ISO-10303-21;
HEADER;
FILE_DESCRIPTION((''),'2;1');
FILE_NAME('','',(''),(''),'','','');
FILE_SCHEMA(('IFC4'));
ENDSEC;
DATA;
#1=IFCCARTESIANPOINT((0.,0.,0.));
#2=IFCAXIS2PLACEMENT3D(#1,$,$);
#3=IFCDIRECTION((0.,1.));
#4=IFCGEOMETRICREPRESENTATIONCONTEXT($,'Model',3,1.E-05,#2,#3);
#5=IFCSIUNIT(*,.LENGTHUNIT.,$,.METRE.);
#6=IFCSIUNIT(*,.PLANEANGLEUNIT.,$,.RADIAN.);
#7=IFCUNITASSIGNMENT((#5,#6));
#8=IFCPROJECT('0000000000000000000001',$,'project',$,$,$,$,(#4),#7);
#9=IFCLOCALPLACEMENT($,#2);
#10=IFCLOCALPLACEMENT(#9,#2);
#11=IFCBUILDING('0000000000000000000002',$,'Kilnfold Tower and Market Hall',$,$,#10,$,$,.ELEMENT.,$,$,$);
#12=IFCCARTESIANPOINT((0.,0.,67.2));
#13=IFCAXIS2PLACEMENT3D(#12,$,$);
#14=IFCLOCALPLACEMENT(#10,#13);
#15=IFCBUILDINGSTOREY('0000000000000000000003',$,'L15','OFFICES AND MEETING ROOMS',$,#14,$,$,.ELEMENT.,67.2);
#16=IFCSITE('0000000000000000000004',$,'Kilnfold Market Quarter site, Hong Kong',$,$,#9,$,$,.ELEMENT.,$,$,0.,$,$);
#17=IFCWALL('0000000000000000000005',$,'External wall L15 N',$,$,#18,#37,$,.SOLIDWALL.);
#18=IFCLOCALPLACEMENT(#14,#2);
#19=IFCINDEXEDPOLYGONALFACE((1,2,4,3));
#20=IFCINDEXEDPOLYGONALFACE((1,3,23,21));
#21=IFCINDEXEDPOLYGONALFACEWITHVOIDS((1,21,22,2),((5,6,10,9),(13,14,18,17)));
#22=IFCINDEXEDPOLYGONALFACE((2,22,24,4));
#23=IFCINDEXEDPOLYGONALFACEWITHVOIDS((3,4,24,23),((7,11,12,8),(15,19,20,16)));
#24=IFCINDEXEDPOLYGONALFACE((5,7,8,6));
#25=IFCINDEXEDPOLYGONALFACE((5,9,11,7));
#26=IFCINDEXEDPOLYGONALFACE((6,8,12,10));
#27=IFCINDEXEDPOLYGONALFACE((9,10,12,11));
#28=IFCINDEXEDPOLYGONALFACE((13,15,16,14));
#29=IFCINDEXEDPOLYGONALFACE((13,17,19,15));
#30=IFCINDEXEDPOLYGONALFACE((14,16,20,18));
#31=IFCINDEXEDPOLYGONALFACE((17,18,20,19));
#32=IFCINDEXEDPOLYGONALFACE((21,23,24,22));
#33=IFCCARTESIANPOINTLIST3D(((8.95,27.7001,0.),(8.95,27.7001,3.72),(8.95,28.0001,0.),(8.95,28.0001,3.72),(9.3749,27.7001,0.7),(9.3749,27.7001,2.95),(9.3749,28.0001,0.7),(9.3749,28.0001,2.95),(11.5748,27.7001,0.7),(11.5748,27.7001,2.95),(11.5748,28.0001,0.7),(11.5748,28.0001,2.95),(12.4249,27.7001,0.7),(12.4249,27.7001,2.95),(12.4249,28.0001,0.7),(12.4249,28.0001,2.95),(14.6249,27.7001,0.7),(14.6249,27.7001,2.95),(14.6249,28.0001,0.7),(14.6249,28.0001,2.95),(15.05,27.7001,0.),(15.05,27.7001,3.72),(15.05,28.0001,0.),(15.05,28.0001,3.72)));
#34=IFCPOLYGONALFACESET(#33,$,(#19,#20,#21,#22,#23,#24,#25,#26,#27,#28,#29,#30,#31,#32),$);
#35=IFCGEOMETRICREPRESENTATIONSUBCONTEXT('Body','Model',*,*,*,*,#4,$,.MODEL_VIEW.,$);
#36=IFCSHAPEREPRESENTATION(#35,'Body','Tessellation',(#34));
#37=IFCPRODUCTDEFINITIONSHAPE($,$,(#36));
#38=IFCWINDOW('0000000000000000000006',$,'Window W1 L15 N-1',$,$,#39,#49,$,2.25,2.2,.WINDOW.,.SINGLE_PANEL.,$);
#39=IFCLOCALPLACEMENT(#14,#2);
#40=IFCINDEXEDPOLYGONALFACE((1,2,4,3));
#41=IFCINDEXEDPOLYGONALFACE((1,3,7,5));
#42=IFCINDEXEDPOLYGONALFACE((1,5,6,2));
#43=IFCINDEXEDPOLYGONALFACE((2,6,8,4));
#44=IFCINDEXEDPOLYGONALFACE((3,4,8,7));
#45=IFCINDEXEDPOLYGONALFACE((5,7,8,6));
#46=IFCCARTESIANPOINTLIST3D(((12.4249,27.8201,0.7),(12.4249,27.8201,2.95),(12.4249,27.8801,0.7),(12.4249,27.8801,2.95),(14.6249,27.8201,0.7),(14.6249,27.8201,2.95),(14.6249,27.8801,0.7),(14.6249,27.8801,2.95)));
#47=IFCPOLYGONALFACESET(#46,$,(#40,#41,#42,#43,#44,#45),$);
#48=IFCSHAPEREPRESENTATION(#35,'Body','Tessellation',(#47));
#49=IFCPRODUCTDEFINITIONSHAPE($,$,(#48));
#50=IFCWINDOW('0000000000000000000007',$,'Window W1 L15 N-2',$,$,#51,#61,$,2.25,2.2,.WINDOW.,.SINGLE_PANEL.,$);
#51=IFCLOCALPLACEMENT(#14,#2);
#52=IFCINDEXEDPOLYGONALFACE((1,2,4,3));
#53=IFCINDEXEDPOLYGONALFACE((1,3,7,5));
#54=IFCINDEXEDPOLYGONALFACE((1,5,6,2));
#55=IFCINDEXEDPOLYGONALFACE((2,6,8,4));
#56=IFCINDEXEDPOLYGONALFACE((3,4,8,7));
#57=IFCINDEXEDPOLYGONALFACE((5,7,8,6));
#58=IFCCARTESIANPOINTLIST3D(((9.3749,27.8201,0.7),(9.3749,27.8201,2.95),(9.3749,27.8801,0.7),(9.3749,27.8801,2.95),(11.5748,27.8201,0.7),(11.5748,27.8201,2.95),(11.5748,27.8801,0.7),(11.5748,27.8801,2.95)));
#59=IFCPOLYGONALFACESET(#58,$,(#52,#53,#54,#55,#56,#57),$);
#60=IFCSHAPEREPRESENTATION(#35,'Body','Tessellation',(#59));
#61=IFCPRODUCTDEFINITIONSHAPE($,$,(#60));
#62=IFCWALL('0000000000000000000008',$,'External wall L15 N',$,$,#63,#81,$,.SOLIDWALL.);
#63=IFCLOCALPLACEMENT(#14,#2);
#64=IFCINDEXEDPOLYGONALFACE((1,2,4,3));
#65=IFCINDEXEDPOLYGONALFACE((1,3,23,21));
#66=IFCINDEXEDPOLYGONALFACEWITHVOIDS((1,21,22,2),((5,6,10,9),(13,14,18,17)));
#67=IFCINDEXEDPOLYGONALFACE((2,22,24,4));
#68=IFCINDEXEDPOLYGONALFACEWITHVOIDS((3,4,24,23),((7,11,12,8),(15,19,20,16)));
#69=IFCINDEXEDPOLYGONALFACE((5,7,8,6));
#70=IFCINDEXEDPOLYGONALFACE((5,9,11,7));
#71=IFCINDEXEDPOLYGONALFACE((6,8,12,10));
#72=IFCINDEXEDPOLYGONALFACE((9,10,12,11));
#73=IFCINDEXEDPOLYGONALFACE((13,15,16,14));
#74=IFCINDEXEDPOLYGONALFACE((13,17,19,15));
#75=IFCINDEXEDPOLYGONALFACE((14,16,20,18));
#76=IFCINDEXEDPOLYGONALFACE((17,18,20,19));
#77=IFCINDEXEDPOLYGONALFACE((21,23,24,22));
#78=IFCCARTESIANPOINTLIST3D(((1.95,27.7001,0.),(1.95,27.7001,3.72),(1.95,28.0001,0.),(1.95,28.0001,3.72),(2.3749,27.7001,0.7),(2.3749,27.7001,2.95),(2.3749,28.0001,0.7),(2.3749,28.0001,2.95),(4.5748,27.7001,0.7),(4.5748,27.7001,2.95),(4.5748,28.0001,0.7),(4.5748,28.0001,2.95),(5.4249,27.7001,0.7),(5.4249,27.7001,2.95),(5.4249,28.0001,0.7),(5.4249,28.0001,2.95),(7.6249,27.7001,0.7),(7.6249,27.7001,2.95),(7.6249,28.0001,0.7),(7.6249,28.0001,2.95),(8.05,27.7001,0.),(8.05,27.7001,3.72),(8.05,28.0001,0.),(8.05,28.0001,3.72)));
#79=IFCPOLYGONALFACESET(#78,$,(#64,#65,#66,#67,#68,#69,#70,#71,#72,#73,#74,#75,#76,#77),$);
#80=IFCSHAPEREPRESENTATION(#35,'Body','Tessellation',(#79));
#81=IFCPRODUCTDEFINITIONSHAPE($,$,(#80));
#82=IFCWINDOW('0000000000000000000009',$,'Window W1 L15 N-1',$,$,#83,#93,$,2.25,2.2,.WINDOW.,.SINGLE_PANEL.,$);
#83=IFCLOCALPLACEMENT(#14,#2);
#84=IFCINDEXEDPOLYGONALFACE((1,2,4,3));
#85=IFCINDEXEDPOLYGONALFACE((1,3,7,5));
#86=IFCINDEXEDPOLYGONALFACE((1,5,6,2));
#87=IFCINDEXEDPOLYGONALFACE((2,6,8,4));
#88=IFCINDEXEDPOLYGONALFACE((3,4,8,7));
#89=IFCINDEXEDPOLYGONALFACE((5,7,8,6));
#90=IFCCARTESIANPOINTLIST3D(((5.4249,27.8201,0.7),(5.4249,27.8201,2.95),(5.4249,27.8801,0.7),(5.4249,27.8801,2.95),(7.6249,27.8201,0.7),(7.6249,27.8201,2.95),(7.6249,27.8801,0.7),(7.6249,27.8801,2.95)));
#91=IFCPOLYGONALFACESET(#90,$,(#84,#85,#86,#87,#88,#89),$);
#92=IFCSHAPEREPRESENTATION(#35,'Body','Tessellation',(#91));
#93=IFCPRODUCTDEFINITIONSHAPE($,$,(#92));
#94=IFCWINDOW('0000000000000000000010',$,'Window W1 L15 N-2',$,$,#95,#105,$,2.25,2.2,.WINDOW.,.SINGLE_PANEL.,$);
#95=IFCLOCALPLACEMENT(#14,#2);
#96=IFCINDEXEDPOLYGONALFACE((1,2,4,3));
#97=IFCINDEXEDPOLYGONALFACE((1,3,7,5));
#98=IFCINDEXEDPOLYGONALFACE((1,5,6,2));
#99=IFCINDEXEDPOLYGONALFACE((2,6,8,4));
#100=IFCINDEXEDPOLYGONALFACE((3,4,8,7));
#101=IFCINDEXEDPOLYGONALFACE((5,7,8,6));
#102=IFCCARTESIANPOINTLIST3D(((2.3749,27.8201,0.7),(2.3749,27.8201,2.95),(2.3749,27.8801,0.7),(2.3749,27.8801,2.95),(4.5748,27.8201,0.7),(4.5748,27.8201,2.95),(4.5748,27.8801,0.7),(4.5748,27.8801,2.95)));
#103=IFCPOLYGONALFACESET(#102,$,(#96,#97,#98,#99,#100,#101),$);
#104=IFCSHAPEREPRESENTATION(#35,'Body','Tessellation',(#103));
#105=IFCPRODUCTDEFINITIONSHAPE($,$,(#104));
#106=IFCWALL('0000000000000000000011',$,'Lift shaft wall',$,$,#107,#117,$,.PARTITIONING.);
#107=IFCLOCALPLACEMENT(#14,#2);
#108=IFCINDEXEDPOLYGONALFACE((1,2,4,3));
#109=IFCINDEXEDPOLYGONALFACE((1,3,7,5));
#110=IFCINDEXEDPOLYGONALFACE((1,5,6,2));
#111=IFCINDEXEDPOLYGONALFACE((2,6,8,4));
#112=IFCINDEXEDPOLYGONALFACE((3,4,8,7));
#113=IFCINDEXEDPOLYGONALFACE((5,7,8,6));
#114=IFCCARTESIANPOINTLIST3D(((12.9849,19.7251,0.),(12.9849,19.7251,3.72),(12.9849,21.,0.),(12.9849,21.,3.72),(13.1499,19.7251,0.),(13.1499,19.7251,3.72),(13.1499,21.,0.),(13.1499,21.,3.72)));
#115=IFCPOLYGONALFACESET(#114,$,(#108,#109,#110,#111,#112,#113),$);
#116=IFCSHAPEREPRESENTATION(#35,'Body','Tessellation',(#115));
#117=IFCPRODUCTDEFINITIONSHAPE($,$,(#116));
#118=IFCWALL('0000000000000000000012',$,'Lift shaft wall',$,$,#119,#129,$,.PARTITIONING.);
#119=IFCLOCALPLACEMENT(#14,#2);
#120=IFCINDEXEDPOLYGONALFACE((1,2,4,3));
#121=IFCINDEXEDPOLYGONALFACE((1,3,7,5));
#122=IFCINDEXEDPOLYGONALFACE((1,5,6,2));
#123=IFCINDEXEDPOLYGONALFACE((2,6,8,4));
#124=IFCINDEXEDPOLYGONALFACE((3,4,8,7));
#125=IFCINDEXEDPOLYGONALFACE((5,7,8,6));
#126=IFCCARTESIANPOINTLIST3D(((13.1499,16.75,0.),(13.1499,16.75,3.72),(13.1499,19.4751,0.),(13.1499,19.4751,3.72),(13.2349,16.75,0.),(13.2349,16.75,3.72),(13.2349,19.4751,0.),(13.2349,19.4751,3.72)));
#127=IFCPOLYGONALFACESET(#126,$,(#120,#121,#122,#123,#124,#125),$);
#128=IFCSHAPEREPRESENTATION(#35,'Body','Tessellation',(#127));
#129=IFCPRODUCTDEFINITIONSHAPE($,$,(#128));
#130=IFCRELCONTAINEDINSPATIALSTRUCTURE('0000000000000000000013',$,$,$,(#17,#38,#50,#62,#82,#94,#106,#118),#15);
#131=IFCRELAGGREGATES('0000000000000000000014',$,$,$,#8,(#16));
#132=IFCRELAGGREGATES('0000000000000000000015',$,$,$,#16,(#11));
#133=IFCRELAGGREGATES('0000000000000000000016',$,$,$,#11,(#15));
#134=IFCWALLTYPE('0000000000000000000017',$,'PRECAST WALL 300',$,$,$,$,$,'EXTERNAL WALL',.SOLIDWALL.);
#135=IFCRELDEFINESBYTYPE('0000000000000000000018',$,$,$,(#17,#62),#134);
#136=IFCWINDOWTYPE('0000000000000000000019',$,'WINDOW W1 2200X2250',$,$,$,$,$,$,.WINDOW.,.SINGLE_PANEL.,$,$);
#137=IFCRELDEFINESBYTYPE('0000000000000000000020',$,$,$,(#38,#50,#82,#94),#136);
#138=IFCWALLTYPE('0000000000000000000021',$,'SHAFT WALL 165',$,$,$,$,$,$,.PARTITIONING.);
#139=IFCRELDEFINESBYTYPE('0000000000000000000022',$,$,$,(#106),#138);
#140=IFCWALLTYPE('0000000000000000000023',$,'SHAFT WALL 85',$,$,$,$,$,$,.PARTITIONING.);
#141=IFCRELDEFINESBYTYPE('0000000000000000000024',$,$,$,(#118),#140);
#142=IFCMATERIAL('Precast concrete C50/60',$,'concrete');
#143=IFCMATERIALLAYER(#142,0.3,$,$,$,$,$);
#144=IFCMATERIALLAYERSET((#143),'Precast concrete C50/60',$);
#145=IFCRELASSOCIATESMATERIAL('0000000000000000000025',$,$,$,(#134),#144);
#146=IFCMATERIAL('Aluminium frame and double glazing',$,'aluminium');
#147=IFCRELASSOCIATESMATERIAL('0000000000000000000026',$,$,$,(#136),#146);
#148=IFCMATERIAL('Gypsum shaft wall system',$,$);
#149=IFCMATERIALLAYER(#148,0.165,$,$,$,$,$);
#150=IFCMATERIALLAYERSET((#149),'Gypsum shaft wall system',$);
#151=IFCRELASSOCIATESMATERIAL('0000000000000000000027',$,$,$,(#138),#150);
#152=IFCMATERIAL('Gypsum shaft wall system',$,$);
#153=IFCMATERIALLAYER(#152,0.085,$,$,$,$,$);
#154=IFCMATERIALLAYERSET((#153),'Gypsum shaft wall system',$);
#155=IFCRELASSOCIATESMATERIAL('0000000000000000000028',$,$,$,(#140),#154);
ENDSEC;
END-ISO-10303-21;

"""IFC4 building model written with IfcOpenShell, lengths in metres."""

from ifc_helpers import new_model, si_unit, direction, frame, frame_2d, origin, place, context, subcontext, project, spatial, rectangle, extrude, source, transform, mapped, material, layer, layer_set, type_object, element, fill, save


model = new_model("IFC4")

# Units and contexts
model_context = context("Model", 3, precision=1e-05, world=origin(), true_north=direction((0.0, 1.0)))
body_context = subcontext(model_context, "Body", "Model", "MODEL_VIEW")
ifc_project = project(units=[si_unit("LENGTHUNIT", "METRE"), si_unit("PLANEANGLEUNIT", "RADIAN")], contexts=[model_context])

# Site, building, storey
site_placement = place(None, origin())
site = spatial("IfcSite", under=ifc_project, at=site_placement, Name="Kilnfold Market Quarter site, Hong Kong", CompositionType="ELEMENT", RefElevation=0.0)
building_placement = place(site_placement, origin())
building = spatial("IfcBuilding", under=site, at=building_placement, Name="Kilnfold Tower and Market Hall", CompositionType="ELEMENT")
storey_placement = place(building_placement, frame((0.0, 0.0, 67.2)))
storey = spatial("IfcBuildingStorey", under=building, at=storey_placement, Name="L15", Description="OFFICES AND MEETING ROOMS", CompositionType="ELEMENT", Elevation=67.2)

# Walls, openings, windows
ifc_material_1 = material(Name="Precast concrete C50/60", Category="concrete")
ifc_layer_1 = layer(ifc_material_1, 0.3)
ifc_layer_set_1 = layer_set([ifc_layer_1], Name="Precast concrete C50/60")
wall_type_1 = type_object("IfcWallType", Name="PRECAST WALL 300", ElementType="EXTERNAL WALL", PredefinedType="SOLIDWALL", material=ifc_layer_set_1)
shared_shape_1 = source(origin(), body_context, "Body", "SweptSolid", [
    extrude(rectangle(XDim=6.1001, YDim=0.3, at=frame_2d((3.05, 0.0))), origin(), (0.0, 0.0, 1.0), 3.72),
])
ifc_material_2 = material(Name="Aluminium frame and double glazing", Category="aluminium")
window_type = type_object("IfcWindowType", Name="WINDOW W1 2200X2250", PartitioningType="SINGLE_PANEL", PredefinedType="WINDOW", material=ifc_material_2)
wall_1_placement = place(storey_placement, frame((15.05, 27.8501, 0.0), z_axis=(0.0, 0.0, 1.0), x_axis=(-1.0, 0.0, 0.0)))
wall_1 = element("IfcWall", 1, at=wall_1_placement, inside=storey, type_object=wall_type_1, Name="External wall L15 N", PredefinedType="SOLIDWALL", context=body_context, shape_type="MappedRepresentation", body=[
    mapped(shared_shape_1, transform((0.0, 0.0, 0.0))),
])
opening_1_placement = place(wall_1_placement, frame((0.425, 0.0, 0.7)))
opening_1 = element("IfcOpeningElement", 2, at=opening_1_placement, cuts=wall_1, PredefinedType="OPENING", context=body_context, shape_type="SweptSolid", body=[
    extrude(rectangle(XDim=2.2, YDim=2.25, at=frame_2d((1.1001, 1.125))), frame((0.0, 0.1602, 0.0), z_axis=(0.0, -1.0, 0.0), x_axis=(1.0, 0.0, 0.0)), (0.0, 0.0, 1.0), 0.3201),
])
opening_2_placement = place(wall_1_placement, frame((3.4751, 0.0, 0.7)))
opening_2 = element("IfcOpeningElement", 3, at=opening_2_placement, cuts=wall_1, PredefinedType="OPENING", context=body_context, shape_type="SweptSolid", body=[
    extrude(rectangle(XDim=2.2, YDim=2.25, at=frame_2d((1.1001, 1.125))), frame((0.0, 0.1602, 0.0), z_axis=(0.0, -1.0, 0.0), x_axis=(1.0, 0.0, 0.0)), (0.0, 0.0, 1.0), 0.3201),
])
window_1_placement = place(opening_1_placement, origin())
window_1 = element("IfcWindow", 4, at=window_1_placement, inside=storey, type_object=window_type, Name="Window W1 L15 N-1", OverallHeight=2.25, OverallWidth=2.2, PartitioningType="SINGLE_PANEL", PredefinedType="WINDOW", context=body_context, shape_type="SweptSolid", body=[
    extrude(rectangle(XDim=2.2, YDim=2.25, at=frame_2d((1.1001, 1.125))), frame((0.0, 0.03, 0.0), z_axis=(0.0, -1.0, 0.0), x_axis=(1.0, 0.0, 0.0)), (0.0, 0.0, 1.0), 0.0601),
])
fill(opening_1, window_1)
window_2_placement = place(opening_2_placement, origin())
window_2 = element("IfcWindow", 5, at=window_2_placement, inside=storey, type_object=window_type, Name="Window W1 L15 N-2", OverallHeight=2.25, OverallWidth=2.2, PartitioningType="SINGLE_PANEL", PredefinedType="WINDOW", context=body_context, shape_type="SweptSolid", body=[
    extrude(rectangle(XDim=2.2, YDim=2.25, at=frame_2d((1.1001, 1.125))), frame((0.0, 0.03, 0.0), z_axis=(0.0, -1.0, 0.0), x_axis=(1.0, 0.0, 0.0)), (0.0, 0.0, 1.0), 0.0601),
])
fill(opening_2, window_2)
wall_2_placement = place(storey_placement, frame((8.05, 27.8501, 0.0), z_axis=(0.0, 0.0, 1.0), x_axis=(-1.0, 0.0, 0.0)))
wall_2 = element("IfcWall", 6, at=wall_2_placement, inside=storey, type_object=wall_type_1, Name="External wall L15 N", PredefinedType="SOLIDWALL", context=body_context, shape_type="MappedRepresentation", body=[
    mapped(shared_shape_1, transform((0.0, 0.0, 0.0))),
])
opening_3_placement = place(wall_2_placement, frame((0.425, 0.0, 0.7)))
opening_3 = element("IfcOpeningElement", 7, at=opening_3_placement, cuts=wall_2, PredefinedType="OPENING", context=body_context, shape_type="SweptSolid", body=[
    extrude(rectangle(XDim=2.2, YDim=2.25, at=frame_2d((1.1001, 1.125))), frame((0.0, 0.1602, 0.0), z_axis=(0.0, -1.0, 0.0), x_axis=(1.0, 0.0, 0.0)), (0.0, 0.0, 1.0), 0.3201),
])
opening_4_placement = place(wall_2_placement, frame((3.4751, 0.0, 0.7)))
opening_4 = element("IfcOpeningElement", 8, at=opening_4_placement, cuts=wall_2, PredefinedType="OPENING", context=body_context, shape_type="SweptSolid", body=[
    extrude(rectangle(XDim=2.2, YDim=2.25, at=frame_2d((1.1001, 1.125))), frame((0.0, 0.1602, 0.0), z_axis=(0.0, -1.0, 0.0), x_axis=(1.0, 0.0, 0.0)), (0.0, 0.0, 1.0), 0.3201),
])
window_3_placement = place(opening_3_placement, origin())
window_3 = element("IfcWindow", 9, at=window_3_placement, inside=storey, type_object=window_type, Name="Window W1 L15 N-1", OverallHeight=2.25, OverallWidth=2.2, PartitioningType="SINGLE_PANEL", PredefinedType="WINDOW", context=body_context, shape_type="SweptSolid", body=[
    extrude(rectangle(XDim=2.2, YDim=2.25, at=frame_2d((1.1001, 1.125))), frame((0.0, 0.03, 0.0), z_axis=(0.0, -1.0, 0.0), x_axis=(1.0, 0.0, 0.0)), (0.0, 0.0, 1.0), 0.0601),
])
fill(opening_3, window_3)
window_4_placement = place(opening_4_placement, origin())
window_4 = element("IfcWindow", 10, at=window_4_placement, inside=storey, type_object=window_type, Name="Window W1 L15 N-2", OverallHeight=2.25, OverallWidth=2.2, PartitioningType="SINGLE_PANEL", PredefinedType="WINDOW", context=body_context, shape_type="SweptSolid", body=[
    extrude(rectangle(XDim=2.2, YDim=2.25, at=frame_2d((1.1001, 1.125))), frame((0.0, 0.03, 0.0), z_axis=(0.0, -1.0, 0.0), x_axis=(1.0, 0.0, 0.0)), (0.0, 0.0, 1.0), 0.0601),
])
fill(opening_4, window_4)

# Walls
ifc_material_3 = material(Name="Gypsum shaft wall system")
ifc_layer_2 = layer(ifc_material_3, 0.165)
ifc_layer_set_2 = layer_set([ifc_layer_2], Name="Gypsum shaft wall system")
wall_type_2 = type_object("IfcWallType", Name="SHAFT WALL 165", PredefinedType="PARTITIONING", material=ifc_layer_set_2)
shared_shape_2 = source(origin(), body_context, "Body", "SweptSolid", [
    extrude(rectangle(XDim=1.2749, YDim=0.165, at=frame_2d((0.6375, 0.0))), origin(), (0.0, 0.0, 1.0), 3.72),
])
wall_3_placement = place(storey_placement, frame((13.0674, 19.7251, 0.0), z_axis=(0.0, 0.0, 1.0), x_axis=(0.0, 1.0, 0.0)))
element("IfcWall", 11, at=wall_3_placement, inside=storey, type_object=wall_type_2, Name="Lift shaft wall", PredefinedType="PARTITIONING", context=body_context, shape_type="MappedRepresentation", body=[
    mapped(shared_shape_2, transform((0.0, 0.0, 0.0))),
])
ifc_material_4 = material(Name="Gypsum shaft wall system")
ifc_layer_3 = layer(ifc_material_4, 0.085)
ifc_layer_set_3 = layer_set([ifc_layer_3], Name="Gypsum shaft wall system")
wall_type_3 = type_object("IfcWallType", Name="SHAFT WALL 85", PredefinedType="PARTITIONING", material=ifc_layer_set_3)
shared_shape_3 = source(origin(), body_context, "Body", "SweptSolid", [
    extrude(rectangle(XDim=2.7251, YDim=0.085, at=frame_2d((1.3625, 0.0))), origin(), (0.0, 0.0, 1.0), 3.72),
])
wall_4_placement = place(storey_placement, frame((13.1924, 16.75, 0.0), z_axis=(0.0, 0.0, 1.0), x_axis=(0.0, 1.0, 0.0)))
element("IfcWall", 12, at=wall_4_placement, inside=storey, type_object=wall_type_3, Name="Lift shaft wall", PredefinedType="PARTITIONING", context=body_context, shape_type="MappedRepresentation", body=[
    mapped(shared_shape_3, transform((0.0, 0.0, 0.0))),
])

save(model, "model.ifc")
